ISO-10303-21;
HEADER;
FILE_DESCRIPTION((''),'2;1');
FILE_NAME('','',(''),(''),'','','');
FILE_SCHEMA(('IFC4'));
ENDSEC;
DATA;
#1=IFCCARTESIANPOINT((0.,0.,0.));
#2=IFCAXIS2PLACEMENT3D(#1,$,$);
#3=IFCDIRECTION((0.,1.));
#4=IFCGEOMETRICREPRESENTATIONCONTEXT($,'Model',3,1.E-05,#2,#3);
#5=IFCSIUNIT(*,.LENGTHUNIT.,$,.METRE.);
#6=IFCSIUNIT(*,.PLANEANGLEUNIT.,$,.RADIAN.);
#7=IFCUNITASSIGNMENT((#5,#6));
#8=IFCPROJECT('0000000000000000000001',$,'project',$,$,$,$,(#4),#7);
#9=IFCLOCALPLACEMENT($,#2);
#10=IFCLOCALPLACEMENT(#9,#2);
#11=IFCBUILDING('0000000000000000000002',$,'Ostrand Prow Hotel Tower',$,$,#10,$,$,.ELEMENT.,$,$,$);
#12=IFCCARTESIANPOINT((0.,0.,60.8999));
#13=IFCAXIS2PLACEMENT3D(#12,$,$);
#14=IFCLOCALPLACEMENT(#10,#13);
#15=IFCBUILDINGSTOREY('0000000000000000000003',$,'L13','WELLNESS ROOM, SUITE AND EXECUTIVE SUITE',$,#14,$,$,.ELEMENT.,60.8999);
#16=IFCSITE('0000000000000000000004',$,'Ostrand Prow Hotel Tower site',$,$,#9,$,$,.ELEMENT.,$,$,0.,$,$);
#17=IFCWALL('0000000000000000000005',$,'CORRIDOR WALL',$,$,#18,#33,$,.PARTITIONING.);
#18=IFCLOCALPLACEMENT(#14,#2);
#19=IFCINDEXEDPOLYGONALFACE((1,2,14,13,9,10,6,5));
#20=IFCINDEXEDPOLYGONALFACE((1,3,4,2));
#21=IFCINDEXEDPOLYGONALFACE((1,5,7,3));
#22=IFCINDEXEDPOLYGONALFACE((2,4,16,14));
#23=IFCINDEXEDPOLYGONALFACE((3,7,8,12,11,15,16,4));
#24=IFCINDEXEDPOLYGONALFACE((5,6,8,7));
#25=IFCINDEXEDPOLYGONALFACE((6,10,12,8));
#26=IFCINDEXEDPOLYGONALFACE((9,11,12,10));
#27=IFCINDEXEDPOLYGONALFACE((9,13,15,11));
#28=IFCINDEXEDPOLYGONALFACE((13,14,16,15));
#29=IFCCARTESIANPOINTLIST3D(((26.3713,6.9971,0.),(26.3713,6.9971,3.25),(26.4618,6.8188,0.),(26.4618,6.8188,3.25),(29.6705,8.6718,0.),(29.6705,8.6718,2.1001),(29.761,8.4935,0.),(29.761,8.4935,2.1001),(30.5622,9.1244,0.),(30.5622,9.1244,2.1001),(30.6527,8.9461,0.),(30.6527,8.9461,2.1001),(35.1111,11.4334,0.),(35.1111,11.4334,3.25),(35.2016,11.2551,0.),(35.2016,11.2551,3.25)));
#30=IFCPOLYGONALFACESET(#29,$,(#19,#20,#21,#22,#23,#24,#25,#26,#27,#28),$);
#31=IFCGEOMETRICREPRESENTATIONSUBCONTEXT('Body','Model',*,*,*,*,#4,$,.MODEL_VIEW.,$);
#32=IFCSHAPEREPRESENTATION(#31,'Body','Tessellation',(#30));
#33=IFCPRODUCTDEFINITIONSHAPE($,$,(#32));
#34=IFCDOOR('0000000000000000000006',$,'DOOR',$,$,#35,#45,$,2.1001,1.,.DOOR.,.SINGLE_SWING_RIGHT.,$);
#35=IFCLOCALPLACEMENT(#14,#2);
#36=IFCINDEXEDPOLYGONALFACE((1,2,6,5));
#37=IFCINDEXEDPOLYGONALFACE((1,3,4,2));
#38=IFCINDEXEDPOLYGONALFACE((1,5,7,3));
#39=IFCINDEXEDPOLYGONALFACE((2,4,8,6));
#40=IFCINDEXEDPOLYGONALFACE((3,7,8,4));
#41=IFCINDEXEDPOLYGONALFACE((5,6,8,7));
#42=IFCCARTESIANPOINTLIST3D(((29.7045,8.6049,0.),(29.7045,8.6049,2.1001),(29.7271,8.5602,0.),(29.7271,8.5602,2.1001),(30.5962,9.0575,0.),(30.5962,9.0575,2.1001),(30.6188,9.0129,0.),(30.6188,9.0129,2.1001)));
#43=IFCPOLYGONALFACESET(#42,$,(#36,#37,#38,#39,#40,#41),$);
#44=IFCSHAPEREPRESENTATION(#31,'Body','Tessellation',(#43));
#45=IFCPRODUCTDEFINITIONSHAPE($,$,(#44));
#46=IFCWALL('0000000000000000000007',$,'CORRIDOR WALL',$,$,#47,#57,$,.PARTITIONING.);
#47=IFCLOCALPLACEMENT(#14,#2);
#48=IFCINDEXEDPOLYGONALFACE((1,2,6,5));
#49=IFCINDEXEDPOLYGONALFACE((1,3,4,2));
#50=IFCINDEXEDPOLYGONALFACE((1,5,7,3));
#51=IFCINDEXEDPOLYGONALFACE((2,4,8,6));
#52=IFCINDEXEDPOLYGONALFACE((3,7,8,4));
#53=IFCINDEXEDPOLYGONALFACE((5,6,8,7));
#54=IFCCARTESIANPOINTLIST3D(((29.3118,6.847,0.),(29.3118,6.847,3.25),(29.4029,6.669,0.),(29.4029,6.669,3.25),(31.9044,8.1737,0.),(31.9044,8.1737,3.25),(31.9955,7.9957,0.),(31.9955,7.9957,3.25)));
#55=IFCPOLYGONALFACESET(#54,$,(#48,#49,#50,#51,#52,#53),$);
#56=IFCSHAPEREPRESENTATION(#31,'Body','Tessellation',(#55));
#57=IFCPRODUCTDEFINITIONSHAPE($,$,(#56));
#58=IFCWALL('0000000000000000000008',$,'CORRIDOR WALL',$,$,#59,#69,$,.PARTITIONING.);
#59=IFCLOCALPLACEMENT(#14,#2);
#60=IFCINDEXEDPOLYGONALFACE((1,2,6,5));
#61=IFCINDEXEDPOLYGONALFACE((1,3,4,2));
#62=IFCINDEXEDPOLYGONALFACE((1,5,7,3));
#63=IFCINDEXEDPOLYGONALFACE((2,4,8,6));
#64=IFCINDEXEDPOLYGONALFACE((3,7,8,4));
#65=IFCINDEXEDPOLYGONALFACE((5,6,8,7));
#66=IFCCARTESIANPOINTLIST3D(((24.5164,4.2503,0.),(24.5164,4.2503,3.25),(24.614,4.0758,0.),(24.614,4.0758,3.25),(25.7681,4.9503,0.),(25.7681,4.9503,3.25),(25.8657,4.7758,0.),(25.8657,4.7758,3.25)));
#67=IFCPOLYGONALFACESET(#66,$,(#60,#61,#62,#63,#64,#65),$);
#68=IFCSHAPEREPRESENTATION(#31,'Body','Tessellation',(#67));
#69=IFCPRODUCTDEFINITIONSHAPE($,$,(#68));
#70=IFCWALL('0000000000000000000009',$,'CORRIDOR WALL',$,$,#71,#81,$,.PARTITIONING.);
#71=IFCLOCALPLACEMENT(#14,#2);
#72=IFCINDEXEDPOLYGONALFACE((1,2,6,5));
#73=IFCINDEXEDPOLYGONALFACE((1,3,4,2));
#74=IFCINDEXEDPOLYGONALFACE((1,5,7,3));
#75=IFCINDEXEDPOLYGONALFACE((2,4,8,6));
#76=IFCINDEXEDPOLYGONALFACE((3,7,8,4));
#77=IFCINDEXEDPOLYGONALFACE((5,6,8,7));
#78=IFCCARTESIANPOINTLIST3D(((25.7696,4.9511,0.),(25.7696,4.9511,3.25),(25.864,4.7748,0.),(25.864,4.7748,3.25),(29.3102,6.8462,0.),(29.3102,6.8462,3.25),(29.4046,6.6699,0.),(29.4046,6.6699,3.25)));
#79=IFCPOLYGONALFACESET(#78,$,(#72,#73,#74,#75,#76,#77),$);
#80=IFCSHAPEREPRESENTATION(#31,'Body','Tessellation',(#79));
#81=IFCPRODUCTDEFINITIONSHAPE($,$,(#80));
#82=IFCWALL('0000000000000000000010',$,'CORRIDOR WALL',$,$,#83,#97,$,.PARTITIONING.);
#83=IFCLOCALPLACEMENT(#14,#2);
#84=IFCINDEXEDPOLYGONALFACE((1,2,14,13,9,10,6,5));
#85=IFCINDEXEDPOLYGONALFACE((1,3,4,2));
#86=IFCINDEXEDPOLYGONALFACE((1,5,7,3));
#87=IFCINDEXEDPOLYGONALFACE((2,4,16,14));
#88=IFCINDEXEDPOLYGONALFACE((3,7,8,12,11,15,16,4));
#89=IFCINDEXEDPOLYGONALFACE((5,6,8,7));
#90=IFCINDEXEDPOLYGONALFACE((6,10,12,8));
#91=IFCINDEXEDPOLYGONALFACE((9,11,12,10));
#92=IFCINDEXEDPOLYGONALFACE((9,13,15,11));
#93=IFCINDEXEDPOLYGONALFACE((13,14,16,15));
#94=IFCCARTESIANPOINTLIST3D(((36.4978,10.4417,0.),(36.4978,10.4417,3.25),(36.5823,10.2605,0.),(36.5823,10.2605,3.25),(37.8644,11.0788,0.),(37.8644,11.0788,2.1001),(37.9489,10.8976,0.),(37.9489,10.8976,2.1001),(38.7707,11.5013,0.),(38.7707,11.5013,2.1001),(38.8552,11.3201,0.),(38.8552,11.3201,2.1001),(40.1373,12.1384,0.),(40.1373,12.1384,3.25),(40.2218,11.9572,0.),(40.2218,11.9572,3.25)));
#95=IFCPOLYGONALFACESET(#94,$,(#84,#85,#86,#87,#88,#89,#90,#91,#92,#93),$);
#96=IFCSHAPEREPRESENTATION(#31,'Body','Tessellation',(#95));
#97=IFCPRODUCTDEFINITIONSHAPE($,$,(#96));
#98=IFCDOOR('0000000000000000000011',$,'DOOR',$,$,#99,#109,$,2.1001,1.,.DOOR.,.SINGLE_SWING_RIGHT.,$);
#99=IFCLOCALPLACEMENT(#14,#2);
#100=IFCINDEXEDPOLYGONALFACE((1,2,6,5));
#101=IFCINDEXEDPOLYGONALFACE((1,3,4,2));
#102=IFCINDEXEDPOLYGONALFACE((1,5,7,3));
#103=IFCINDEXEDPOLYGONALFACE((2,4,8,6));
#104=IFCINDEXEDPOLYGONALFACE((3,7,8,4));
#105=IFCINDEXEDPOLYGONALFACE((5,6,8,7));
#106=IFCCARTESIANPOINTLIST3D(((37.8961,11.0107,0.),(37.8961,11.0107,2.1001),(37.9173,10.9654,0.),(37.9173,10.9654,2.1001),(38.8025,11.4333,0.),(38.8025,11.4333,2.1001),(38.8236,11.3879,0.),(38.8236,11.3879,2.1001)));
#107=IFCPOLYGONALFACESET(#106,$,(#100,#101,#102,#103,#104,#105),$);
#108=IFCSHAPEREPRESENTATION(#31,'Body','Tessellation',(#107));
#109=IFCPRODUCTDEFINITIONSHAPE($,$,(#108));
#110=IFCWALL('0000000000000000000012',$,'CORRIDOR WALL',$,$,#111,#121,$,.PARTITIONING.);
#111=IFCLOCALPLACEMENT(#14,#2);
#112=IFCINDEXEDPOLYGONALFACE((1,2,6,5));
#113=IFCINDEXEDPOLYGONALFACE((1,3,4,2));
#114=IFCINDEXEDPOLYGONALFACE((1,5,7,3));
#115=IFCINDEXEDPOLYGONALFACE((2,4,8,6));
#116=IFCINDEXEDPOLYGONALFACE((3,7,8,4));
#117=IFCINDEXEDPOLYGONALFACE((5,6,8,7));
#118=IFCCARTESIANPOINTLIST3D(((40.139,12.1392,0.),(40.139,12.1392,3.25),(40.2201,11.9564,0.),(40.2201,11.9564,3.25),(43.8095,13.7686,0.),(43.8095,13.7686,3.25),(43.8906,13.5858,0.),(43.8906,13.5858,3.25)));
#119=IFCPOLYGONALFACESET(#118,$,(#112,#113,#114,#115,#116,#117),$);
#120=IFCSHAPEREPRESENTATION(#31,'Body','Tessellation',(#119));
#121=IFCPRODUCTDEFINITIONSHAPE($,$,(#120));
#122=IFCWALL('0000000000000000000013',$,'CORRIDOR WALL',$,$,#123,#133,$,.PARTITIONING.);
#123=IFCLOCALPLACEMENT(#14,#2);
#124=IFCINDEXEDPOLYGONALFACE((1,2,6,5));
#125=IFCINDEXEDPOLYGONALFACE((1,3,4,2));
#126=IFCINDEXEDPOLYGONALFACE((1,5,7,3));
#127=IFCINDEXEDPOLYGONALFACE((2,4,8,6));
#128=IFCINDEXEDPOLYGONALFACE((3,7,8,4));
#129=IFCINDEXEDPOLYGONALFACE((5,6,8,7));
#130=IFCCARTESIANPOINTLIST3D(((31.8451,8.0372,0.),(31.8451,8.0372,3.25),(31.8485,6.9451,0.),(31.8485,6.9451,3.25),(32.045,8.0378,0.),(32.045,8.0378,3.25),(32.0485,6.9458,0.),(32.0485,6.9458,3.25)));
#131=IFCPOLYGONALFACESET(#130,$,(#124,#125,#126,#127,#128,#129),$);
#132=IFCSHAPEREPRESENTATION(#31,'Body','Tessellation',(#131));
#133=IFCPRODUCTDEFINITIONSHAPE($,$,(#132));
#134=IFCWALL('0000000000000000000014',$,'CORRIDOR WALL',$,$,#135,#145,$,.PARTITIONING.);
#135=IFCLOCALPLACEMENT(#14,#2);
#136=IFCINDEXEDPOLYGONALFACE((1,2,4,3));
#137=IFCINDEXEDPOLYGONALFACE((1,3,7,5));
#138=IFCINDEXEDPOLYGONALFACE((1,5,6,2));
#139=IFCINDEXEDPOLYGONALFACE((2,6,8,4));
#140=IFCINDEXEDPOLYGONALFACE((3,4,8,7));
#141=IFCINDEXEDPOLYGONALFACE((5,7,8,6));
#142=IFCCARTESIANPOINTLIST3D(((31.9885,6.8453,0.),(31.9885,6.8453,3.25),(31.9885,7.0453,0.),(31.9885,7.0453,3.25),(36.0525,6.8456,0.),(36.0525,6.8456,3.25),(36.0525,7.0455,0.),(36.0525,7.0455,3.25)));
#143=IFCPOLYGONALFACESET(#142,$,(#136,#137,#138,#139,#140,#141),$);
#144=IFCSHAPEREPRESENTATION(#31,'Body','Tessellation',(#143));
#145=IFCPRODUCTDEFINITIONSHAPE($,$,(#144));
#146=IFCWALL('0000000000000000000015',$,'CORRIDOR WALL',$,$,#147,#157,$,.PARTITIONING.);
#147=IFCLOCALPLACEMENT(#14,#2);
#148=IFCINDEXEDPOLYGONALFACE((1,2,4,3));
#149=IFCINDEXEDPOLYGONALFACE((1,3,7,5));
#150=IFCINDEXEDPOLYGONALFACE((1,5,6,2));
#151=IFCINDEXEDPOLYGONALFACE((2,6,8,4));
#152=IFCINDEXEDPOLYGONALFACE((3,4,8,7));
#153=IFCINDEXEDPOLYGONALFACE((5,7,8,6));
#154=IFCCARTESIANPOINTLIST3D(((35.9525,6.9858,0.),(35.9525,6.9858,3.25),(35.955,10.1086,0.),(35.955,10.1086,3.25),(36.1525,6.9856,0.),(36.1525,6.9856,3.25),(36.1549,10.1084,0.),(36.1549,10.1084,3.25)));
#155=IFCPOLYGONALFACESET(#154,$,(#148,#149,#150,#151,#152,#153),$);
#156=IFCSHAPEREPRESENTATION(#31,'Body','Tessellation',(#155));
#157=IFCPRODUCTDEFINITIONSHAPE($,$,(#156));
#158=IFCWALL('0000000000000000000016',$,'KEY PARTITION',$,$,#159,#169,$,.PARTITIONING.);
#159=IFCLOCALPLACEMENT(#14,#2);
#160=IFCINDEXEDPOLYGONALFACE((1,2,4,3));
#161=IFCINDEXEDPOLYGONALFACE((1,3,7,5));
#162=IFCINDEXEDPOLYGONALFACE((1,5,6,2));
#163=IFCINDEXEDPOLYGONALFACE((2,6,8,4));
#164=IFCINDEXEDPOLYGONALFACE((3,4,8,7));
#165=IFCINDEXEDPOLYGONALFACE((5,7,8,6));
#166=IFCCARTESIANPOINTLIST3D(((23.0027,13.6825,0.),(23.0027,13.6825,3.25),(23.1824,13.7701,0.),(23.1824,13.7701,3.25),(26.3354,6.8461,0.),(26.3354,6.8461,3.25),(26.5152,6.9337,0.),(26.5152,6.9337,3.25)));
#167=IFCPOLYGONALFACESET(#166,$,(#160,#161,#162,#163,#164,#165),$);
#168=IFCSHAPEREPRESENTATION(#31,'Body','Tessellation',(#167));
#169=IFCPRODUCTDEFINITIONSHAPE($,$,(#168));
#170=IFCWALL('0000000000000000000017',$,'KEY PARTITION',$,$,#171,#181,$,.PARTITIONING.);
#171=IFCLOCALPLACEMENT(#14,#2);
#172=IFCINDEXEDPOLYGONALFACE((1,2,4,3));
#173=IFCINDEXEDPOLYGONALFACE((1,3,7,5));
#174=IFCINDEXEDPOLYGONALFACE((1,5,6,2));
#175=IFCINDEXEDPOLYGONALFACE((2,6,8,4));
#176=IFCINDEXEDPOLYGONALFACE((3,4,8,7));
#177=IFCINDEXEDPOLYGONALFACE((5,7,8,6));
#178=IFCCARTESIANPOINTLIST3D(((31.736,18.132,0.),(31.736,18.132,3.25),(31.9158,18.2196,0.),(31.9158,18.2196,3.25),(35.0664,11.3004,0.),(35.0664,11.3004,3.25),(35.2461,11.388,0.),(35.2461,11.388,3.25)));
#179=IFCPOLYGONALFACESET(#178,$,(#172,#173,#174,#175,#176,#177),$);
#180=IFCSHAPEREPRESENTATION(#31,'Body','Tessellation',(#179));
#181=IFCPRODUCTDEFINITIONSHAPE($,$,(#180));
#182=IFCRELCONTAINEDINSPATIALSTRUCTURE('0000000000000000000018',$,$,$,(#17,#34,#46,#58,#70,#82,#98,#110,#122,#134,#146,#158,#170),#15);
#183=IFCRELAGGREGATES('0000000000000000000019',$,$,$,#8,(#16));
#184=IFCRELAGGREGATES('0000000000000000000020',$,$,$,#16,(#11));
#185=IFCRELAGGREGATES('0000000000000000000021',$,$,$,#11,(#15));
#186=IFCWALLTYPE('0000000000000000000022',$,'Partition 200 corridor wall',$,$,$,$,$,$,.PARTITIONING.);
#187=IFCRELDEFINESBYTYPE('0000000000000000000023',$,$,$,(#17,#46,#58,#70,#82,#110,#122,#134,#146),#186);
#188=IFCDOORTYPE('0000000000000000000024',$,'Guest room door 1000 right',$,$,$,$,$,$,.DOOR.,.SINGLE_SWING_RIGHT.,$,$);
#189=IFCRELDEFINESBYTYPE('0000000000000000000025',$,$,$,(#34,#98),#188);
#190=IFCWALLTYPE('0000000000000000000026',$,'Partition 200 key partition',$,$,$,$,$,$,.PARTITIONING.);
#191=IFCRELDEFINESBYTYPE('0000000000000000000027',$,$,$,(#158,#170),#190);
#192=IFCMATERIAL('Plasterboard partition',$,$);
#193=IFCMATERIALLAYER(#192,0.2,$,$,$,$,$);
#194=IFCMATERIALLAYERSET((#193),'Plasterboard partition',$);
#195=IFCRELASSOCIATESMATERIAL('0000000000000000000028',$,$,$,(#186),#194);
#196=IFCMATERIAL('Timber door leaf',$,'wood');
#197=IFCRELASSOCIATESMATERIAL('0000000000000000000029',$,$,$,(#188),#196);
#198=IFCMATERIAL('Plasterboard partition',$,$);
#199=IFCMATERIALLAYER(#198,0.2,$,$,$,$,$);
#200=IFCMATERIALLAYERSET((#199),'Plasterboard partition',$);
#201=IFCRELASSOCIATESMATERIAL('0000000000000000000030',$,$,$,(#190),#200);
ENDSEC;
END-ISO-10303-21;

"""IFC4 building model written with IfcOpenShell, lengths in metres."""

from ifc_helpers import new_model, si_unit, direction, frame, frame_2d, origin, place, context, subcontext, project, spatial, rectangle, extrude, material, layer, layer_set, type_object, element, fill, save


model = new_model("IFC4")

# Units and contexts
model_context = context("Model", 3, precision=1e-05, world=origin(), true_north=direction((0.0, 1.0)))
body_context = subcontext(model_context, "Body", "Model", "MODEL_VIEW")
ifc_project = project(units=[si_unit("LENGTHUNIT", "METRE"), si_unit("PLANEANGLEUNIT", "RADIAN")], contexts=[model_context])

# Site, building, storey
site_placement = place(None, origin())
site = spatial("IfcSite", under=ifc_project, at=site_placement, Name="Ostrand Prow Hotel Tower site", CompositionType="ELEMENT", RefElevation=0.0)
building_placement = place(site_placement, origin())
building = spatial("IfcBuilding", under=site, at=building_placement, Name="Ostrand Prow Hotel Tower", CompositionType="ELEMENT")
storey_placement = place(building_placement, frame((0.0, 0.0, 60.8999)))
storey = spatial("IfcBuildingStorey", under=building, at=storey_placement, Name="L13", Description="WELLNESS ROOM, SUITE AND EXECUTIVE SUITE", CompositionType="ELEMENT", Elevation=60.8999)

# Wall, opening, door
ifc_material_1 = material(Name="Plasterboard partition")
ifc_layer_1 = layer(ifc_material_1, 0.2)
ifc_layer_set_1 = layer_set([ifc_layer_1], Name="Plasterboard partition")
wall_type_1 = type_object("IfcWallType", Name="Partition 200 corridor wall", PredefinedType="PARTITIONING", material=ifc_layer_set_1)
wall_1_placement = place(storey_placement, frame((26.4165, 6.908, 0.0), z_axis=(0.0, 0.0, 1.0), x_axis=(0.891701, 0.452626, 0.0)))
wall_1 = element("IfcWall", 1, at=wall_1_placement, inside=storey, type_object=wall_type_1, Name="CORRIDOR WALL", PredefinedType="PARTITIONING", context=body_context, shape_type="SweptSolid", body=[
    extrude(rectangle(XDim=9.8013, YDim=0.2, at=frame_2d((4.9006, 0.0))), origin(), (0.0, 0.0, 1.0), 3.25),
])
opening_1_placement = place(wall_1_placement, frame((3.7, 0.0, 0.0)))
opening_1 = element("IfcOpeningElement", 2, at=opening_1_placement, cuts=wall_1, PredefinedType="OPENING", context=body_context, shape_type="SweptSolid", body=[
    extrude(rectangle(XDim=1.0, YDim=2.1001, at=frame_2d((0.5, 1.05))), frame((0.0, 0.1099, 0.0), z_axis=(0.0, -1.0, 0.0), x_axis=(1.0, 0.0, 0.0)), (0.0, 0.0, 1.0), 0.22),
])
ifc_material_2 = material(Name="Timber door leaf", Category="wood")
door_type_1 = type_object("IfcDoorType", Name="Guest room door 1000 right", OperationType="SINGLE_SWING_RIGHT", PredefinedType="DOOR", material=ifc_material_2)
door_1_placement = place(opening_1_placement, origin())
door_1 = element("IfcDoor", 3, at=door_1_placement, inside=storey, type_object=door_type_1, Name="DOOR", OperationType="SINGLE_SWING_RIGHT", OverallHeight=2.1001, OverallWidth=1.0, PredefinedType="DOOR", context=body_context, shape_type="SweptSolid", body=[
    extrude(rectangle(XDim=1.0, YDim=2.1001, at=frame_2d((0.5, 1.05))), frame((0.0, 0.0249, 0.0), z_axis=(0.0, -1.0, 0.0), x_axis=(1.0, 0.0, 0.0)), (0.0, 0.0, 1.0), 0.05),
])
fill(opening_1, door_1)

# Walls
wall_2_placement = place(storey_placement, frame((29.3574, 6.7581, 0.0), z_axis=(0.0, 0.0, 1.0), x_axis=(0.890213, 0.455544, 0.0)))
element("IfcWall", 4, at=wall_2_placement, inside=storey, type_object=wall_type_1, Name="CORRIDOR WALL", PredefinedType="PARTITIONING", context=body_context, shape_type="SweptSolid", body=[
    extrude(rectangle(XDim=2.9124, YDim=0.2, at=frame_2d((1.4561, 0.0))), origin(), (0.0, 0.0, 1.0), 3.25),
])
wall_3_placement = place(storey_placement, frame((24.5652, 4.1631, 0.0), z_axis=(0.0, 0.0, 1.0), x_axis=(0.872805, 0.488069, 0.0)))
element("IfcWall", 5, at=wall_3_placement, inside=storey, type_object=wall_type_1, Name="CORRIDOR WALL", PredefinedType="PARTITIONING", context=body_context, shape_type="SweptSolid", body=[
    extrude(rectangle(XDim=1.4341, YDim=0.2, at=frame_2d((0.717, 0.0))), origin(), (0.0, 0.0, 1.0), 3.25),
])
wall_4_placement = place(storey_placement, frame((25.8169, 4.863, 0.0), z_axis=(0.0, 0.0, 1.0), x_axis=(0.881655, 0.471894, 0.0)))
element("IfcWall", 6, at=wall_4_placement, inside=storey, type_object=wall_type_1, Name="CORRIDOR WALL", PredefinedType="PARTITIONING", context=body_context, shape_type="SweptSolid", body=[
    extrude(rectangle(XDim=4.0159, YDim=0.2, at=frame_2d((2.0078, 0.0))), origin(), (0.0, 0.0, 1.0), 3.25),
])

# Wall, opening, door
wall_5_placement = place(storey_placement, frame((36.54, 10.3511, 0.0), z_axis=(0.0, 0.0, 1.0), x_axis=(0.906348, 0.422533, 0.0)))
wall_5 = element("IfcWall", 7, at=wall_5_placement, inside=storey, type_object=wall_type_1, Name="CORRIDOR WALL", PredefinedType="PARTITIONING", context=body_context, shape_type="SweptSolid", body=[
    extrude(rectangle(XDim=4.0156, YDim=0.2, at=frame_2d((2.0078, 0.0))), origin(), (0.0, 0.0, 1.0), 3.25),
])
opening_2_placement = place(wall_5_placement, frame((1.5078, 0.0, 0.0)))
opening_2 = element("IfcOpeningElement", 8, at=opening_2_placement, cuts=wall_5, PredefinedType="OPENING", context=body_context, shape_type="SweptSolid", body=[
    extrude(rectangle(XDim=1.0, YDim=2.1001, at=frame_2d((0.5, 1.05))), frame((0.0, 0.1099, 0.0), z_axis=(0.0, -1.0, 0.0), x_axis=(1.0, 0.0, 0.0)), (0.0, 0.0, 1.0), 0.22),
])
door_2_placement = place(opening_2_placement, origin())
door_2 = element("IfcDoor", 9, at=door_2_placement, inside=storey, type_object=door_type_1, Name="DOOR", OperationType="SINGLE_SWING_RIGHT", OverallHeight=2.1001, OverallWidth=1.0, PredefinedType="DOOR", context=body_context, shape_type="SweptSolid", body=[
    extrude(rectangle(XDim=1.0, YDim=2.1001, at=frame_2d((0.5, 1.05))), frame((0.0, 0.0249, 0.0), z_axis=(0.0, -1.0, 0.0), x_axis=(1.0, 0.0, 0.0)), (0.0, 0.0, 1.0), 0.05),
])
fill(opening_2, door_2)

# Walls
wall_6_placement = place(storey_placement, frame((40.1797, 12.0479, 0.0), z_axis=(0.0, 0.0, 1.0), x_axis=(0.913987, 0.405744, 0.0)))
element("IfcWall", 10, at=wall_6_placement, inside=storey, type_object=wall_type_1, Name="CORRIDOR WALL", PredefinedType="PARTITIONING", context=body_context, shape_type="SweptSolid", body=[
    extrude(rectangle(XDim=4.0159, YDim=0.2, at=frame_2d((2.0078, 0.0))), origin(), (0.0, 0.0, 1.0), 3.25),
])
wall_7_placement = place(storey_placement, frame((31.9451, 8.0374, 0.0), z_axis=(0.0, 0.0, 1.0), x_axis=(0.00313, -0.999995, 0.0)))
element("IfcWall", 11, at=wall_7_placement, inside=storey, type_object=wall_type_1, Name="CORRIDOR WALL", PredefinedType="PARTITIONING", context=body_context, shape_type="SweptSolid", body=[
    extrude(rectangle(XDim=1.092, YDim=0.2, at=frame_2d((0.5459, 0.0))), origin(), (0.0, 0.0, 1.0), 3.25),
])
wall_8_placement = place(storey_placement, frame((31.9885, 6.9453, 0.0), z_axis=(0.0, 0.0, 1.0), x_axis=(1.0, 0.00006, 0.0)))
element("IfcWall", 12, at=wall_8_placement, inside=storey, type_object=wall_type_1, Name="CORRIDOR WALL", PredefinedType="PARTITIONING", context=body_context, shape_type="SweptSolid", body=[
    extrude(rectangle(XDim=4.064, YDim=0.2, at=frame_2d((2.032, 0.0))), origin(), (0.0, 0.0, 1.0), 3.25),
])
wall_9_placement = place(storey_placement, frame((36.0525, 6.9856, 0.0), z_axis=(0.0, 0.0, 1.0), x_axis=(0.000782, 1.0, 0.0)))
element("IfcWall", 13, at=wall_9_placement, inside=storey, type_object=wall_type_1, Name="CORRIDOR WALL", PredefinedType="PARTITIONING", context=body_context, shape_type="SweptSolid", body=[
    extrude(rectangle(XDim=3.1228, YDim=0.2, at=frame_2d((1.5615, 0.0))), origin(), (0.0, 0.0, 1.0), 3.25),
])
ifc_material_3 = material(Name="Plasterboard partition")
ifc_layer_2 = layer(ifc_material_3, 0.2)
ifc_layer_set_2 = layer_set([ifc_layer_2], Name="Plasterboard partition")
wall_type_2 = type_object("IfcWallType", Name="Partition 200 key partition", PredefinedType="PARTITIONING", material=ifc_layer_set_2)
wall_10_placement = place(storey_placement, frame((26.4253, 6.8899, 0.0), z_axis=(0.0, 0.0, 1.0), x_axis=(-0.438203, 0.898876, 0.0)))
element("IfcWall", 14, at=wall_10_placement, inside=storey, type_object=wall_type_2, Name="KEY PARTITION", PredefinedType="PARTITIONING", context=body_context, shape_type="SweptSolid", body=[
    extrude(rectangle(XDim=7.6055, YDim=0.2, at=frame_2d((3.8027, 0.0))), origin(), (0.0, 0.0, 1.0), 3.25),
])
wall_11_placement = place(storey_placement, frame((35.1562, 11.3442, 0.0), z_axis=(0.0, 0.0, 1.0), x_axis=(-0.438196, 0.898879, 0.0)))
element("IfcWall", 15, at=wall_11_placement, inside=storey, type_object=wall_type_2, Name="KEY PARTITION", PredefinedType="PARTITIONING", context=body_context, shape_type="SweptSolid", body=[
    extrude(rectangle(XDim=7.6001, YDim=0.2, at=frame_2d((3.8, 0.0))), origin(), (0.0, 0.0, 1.0), 3.25),
])

save(model, "model.ifc")
